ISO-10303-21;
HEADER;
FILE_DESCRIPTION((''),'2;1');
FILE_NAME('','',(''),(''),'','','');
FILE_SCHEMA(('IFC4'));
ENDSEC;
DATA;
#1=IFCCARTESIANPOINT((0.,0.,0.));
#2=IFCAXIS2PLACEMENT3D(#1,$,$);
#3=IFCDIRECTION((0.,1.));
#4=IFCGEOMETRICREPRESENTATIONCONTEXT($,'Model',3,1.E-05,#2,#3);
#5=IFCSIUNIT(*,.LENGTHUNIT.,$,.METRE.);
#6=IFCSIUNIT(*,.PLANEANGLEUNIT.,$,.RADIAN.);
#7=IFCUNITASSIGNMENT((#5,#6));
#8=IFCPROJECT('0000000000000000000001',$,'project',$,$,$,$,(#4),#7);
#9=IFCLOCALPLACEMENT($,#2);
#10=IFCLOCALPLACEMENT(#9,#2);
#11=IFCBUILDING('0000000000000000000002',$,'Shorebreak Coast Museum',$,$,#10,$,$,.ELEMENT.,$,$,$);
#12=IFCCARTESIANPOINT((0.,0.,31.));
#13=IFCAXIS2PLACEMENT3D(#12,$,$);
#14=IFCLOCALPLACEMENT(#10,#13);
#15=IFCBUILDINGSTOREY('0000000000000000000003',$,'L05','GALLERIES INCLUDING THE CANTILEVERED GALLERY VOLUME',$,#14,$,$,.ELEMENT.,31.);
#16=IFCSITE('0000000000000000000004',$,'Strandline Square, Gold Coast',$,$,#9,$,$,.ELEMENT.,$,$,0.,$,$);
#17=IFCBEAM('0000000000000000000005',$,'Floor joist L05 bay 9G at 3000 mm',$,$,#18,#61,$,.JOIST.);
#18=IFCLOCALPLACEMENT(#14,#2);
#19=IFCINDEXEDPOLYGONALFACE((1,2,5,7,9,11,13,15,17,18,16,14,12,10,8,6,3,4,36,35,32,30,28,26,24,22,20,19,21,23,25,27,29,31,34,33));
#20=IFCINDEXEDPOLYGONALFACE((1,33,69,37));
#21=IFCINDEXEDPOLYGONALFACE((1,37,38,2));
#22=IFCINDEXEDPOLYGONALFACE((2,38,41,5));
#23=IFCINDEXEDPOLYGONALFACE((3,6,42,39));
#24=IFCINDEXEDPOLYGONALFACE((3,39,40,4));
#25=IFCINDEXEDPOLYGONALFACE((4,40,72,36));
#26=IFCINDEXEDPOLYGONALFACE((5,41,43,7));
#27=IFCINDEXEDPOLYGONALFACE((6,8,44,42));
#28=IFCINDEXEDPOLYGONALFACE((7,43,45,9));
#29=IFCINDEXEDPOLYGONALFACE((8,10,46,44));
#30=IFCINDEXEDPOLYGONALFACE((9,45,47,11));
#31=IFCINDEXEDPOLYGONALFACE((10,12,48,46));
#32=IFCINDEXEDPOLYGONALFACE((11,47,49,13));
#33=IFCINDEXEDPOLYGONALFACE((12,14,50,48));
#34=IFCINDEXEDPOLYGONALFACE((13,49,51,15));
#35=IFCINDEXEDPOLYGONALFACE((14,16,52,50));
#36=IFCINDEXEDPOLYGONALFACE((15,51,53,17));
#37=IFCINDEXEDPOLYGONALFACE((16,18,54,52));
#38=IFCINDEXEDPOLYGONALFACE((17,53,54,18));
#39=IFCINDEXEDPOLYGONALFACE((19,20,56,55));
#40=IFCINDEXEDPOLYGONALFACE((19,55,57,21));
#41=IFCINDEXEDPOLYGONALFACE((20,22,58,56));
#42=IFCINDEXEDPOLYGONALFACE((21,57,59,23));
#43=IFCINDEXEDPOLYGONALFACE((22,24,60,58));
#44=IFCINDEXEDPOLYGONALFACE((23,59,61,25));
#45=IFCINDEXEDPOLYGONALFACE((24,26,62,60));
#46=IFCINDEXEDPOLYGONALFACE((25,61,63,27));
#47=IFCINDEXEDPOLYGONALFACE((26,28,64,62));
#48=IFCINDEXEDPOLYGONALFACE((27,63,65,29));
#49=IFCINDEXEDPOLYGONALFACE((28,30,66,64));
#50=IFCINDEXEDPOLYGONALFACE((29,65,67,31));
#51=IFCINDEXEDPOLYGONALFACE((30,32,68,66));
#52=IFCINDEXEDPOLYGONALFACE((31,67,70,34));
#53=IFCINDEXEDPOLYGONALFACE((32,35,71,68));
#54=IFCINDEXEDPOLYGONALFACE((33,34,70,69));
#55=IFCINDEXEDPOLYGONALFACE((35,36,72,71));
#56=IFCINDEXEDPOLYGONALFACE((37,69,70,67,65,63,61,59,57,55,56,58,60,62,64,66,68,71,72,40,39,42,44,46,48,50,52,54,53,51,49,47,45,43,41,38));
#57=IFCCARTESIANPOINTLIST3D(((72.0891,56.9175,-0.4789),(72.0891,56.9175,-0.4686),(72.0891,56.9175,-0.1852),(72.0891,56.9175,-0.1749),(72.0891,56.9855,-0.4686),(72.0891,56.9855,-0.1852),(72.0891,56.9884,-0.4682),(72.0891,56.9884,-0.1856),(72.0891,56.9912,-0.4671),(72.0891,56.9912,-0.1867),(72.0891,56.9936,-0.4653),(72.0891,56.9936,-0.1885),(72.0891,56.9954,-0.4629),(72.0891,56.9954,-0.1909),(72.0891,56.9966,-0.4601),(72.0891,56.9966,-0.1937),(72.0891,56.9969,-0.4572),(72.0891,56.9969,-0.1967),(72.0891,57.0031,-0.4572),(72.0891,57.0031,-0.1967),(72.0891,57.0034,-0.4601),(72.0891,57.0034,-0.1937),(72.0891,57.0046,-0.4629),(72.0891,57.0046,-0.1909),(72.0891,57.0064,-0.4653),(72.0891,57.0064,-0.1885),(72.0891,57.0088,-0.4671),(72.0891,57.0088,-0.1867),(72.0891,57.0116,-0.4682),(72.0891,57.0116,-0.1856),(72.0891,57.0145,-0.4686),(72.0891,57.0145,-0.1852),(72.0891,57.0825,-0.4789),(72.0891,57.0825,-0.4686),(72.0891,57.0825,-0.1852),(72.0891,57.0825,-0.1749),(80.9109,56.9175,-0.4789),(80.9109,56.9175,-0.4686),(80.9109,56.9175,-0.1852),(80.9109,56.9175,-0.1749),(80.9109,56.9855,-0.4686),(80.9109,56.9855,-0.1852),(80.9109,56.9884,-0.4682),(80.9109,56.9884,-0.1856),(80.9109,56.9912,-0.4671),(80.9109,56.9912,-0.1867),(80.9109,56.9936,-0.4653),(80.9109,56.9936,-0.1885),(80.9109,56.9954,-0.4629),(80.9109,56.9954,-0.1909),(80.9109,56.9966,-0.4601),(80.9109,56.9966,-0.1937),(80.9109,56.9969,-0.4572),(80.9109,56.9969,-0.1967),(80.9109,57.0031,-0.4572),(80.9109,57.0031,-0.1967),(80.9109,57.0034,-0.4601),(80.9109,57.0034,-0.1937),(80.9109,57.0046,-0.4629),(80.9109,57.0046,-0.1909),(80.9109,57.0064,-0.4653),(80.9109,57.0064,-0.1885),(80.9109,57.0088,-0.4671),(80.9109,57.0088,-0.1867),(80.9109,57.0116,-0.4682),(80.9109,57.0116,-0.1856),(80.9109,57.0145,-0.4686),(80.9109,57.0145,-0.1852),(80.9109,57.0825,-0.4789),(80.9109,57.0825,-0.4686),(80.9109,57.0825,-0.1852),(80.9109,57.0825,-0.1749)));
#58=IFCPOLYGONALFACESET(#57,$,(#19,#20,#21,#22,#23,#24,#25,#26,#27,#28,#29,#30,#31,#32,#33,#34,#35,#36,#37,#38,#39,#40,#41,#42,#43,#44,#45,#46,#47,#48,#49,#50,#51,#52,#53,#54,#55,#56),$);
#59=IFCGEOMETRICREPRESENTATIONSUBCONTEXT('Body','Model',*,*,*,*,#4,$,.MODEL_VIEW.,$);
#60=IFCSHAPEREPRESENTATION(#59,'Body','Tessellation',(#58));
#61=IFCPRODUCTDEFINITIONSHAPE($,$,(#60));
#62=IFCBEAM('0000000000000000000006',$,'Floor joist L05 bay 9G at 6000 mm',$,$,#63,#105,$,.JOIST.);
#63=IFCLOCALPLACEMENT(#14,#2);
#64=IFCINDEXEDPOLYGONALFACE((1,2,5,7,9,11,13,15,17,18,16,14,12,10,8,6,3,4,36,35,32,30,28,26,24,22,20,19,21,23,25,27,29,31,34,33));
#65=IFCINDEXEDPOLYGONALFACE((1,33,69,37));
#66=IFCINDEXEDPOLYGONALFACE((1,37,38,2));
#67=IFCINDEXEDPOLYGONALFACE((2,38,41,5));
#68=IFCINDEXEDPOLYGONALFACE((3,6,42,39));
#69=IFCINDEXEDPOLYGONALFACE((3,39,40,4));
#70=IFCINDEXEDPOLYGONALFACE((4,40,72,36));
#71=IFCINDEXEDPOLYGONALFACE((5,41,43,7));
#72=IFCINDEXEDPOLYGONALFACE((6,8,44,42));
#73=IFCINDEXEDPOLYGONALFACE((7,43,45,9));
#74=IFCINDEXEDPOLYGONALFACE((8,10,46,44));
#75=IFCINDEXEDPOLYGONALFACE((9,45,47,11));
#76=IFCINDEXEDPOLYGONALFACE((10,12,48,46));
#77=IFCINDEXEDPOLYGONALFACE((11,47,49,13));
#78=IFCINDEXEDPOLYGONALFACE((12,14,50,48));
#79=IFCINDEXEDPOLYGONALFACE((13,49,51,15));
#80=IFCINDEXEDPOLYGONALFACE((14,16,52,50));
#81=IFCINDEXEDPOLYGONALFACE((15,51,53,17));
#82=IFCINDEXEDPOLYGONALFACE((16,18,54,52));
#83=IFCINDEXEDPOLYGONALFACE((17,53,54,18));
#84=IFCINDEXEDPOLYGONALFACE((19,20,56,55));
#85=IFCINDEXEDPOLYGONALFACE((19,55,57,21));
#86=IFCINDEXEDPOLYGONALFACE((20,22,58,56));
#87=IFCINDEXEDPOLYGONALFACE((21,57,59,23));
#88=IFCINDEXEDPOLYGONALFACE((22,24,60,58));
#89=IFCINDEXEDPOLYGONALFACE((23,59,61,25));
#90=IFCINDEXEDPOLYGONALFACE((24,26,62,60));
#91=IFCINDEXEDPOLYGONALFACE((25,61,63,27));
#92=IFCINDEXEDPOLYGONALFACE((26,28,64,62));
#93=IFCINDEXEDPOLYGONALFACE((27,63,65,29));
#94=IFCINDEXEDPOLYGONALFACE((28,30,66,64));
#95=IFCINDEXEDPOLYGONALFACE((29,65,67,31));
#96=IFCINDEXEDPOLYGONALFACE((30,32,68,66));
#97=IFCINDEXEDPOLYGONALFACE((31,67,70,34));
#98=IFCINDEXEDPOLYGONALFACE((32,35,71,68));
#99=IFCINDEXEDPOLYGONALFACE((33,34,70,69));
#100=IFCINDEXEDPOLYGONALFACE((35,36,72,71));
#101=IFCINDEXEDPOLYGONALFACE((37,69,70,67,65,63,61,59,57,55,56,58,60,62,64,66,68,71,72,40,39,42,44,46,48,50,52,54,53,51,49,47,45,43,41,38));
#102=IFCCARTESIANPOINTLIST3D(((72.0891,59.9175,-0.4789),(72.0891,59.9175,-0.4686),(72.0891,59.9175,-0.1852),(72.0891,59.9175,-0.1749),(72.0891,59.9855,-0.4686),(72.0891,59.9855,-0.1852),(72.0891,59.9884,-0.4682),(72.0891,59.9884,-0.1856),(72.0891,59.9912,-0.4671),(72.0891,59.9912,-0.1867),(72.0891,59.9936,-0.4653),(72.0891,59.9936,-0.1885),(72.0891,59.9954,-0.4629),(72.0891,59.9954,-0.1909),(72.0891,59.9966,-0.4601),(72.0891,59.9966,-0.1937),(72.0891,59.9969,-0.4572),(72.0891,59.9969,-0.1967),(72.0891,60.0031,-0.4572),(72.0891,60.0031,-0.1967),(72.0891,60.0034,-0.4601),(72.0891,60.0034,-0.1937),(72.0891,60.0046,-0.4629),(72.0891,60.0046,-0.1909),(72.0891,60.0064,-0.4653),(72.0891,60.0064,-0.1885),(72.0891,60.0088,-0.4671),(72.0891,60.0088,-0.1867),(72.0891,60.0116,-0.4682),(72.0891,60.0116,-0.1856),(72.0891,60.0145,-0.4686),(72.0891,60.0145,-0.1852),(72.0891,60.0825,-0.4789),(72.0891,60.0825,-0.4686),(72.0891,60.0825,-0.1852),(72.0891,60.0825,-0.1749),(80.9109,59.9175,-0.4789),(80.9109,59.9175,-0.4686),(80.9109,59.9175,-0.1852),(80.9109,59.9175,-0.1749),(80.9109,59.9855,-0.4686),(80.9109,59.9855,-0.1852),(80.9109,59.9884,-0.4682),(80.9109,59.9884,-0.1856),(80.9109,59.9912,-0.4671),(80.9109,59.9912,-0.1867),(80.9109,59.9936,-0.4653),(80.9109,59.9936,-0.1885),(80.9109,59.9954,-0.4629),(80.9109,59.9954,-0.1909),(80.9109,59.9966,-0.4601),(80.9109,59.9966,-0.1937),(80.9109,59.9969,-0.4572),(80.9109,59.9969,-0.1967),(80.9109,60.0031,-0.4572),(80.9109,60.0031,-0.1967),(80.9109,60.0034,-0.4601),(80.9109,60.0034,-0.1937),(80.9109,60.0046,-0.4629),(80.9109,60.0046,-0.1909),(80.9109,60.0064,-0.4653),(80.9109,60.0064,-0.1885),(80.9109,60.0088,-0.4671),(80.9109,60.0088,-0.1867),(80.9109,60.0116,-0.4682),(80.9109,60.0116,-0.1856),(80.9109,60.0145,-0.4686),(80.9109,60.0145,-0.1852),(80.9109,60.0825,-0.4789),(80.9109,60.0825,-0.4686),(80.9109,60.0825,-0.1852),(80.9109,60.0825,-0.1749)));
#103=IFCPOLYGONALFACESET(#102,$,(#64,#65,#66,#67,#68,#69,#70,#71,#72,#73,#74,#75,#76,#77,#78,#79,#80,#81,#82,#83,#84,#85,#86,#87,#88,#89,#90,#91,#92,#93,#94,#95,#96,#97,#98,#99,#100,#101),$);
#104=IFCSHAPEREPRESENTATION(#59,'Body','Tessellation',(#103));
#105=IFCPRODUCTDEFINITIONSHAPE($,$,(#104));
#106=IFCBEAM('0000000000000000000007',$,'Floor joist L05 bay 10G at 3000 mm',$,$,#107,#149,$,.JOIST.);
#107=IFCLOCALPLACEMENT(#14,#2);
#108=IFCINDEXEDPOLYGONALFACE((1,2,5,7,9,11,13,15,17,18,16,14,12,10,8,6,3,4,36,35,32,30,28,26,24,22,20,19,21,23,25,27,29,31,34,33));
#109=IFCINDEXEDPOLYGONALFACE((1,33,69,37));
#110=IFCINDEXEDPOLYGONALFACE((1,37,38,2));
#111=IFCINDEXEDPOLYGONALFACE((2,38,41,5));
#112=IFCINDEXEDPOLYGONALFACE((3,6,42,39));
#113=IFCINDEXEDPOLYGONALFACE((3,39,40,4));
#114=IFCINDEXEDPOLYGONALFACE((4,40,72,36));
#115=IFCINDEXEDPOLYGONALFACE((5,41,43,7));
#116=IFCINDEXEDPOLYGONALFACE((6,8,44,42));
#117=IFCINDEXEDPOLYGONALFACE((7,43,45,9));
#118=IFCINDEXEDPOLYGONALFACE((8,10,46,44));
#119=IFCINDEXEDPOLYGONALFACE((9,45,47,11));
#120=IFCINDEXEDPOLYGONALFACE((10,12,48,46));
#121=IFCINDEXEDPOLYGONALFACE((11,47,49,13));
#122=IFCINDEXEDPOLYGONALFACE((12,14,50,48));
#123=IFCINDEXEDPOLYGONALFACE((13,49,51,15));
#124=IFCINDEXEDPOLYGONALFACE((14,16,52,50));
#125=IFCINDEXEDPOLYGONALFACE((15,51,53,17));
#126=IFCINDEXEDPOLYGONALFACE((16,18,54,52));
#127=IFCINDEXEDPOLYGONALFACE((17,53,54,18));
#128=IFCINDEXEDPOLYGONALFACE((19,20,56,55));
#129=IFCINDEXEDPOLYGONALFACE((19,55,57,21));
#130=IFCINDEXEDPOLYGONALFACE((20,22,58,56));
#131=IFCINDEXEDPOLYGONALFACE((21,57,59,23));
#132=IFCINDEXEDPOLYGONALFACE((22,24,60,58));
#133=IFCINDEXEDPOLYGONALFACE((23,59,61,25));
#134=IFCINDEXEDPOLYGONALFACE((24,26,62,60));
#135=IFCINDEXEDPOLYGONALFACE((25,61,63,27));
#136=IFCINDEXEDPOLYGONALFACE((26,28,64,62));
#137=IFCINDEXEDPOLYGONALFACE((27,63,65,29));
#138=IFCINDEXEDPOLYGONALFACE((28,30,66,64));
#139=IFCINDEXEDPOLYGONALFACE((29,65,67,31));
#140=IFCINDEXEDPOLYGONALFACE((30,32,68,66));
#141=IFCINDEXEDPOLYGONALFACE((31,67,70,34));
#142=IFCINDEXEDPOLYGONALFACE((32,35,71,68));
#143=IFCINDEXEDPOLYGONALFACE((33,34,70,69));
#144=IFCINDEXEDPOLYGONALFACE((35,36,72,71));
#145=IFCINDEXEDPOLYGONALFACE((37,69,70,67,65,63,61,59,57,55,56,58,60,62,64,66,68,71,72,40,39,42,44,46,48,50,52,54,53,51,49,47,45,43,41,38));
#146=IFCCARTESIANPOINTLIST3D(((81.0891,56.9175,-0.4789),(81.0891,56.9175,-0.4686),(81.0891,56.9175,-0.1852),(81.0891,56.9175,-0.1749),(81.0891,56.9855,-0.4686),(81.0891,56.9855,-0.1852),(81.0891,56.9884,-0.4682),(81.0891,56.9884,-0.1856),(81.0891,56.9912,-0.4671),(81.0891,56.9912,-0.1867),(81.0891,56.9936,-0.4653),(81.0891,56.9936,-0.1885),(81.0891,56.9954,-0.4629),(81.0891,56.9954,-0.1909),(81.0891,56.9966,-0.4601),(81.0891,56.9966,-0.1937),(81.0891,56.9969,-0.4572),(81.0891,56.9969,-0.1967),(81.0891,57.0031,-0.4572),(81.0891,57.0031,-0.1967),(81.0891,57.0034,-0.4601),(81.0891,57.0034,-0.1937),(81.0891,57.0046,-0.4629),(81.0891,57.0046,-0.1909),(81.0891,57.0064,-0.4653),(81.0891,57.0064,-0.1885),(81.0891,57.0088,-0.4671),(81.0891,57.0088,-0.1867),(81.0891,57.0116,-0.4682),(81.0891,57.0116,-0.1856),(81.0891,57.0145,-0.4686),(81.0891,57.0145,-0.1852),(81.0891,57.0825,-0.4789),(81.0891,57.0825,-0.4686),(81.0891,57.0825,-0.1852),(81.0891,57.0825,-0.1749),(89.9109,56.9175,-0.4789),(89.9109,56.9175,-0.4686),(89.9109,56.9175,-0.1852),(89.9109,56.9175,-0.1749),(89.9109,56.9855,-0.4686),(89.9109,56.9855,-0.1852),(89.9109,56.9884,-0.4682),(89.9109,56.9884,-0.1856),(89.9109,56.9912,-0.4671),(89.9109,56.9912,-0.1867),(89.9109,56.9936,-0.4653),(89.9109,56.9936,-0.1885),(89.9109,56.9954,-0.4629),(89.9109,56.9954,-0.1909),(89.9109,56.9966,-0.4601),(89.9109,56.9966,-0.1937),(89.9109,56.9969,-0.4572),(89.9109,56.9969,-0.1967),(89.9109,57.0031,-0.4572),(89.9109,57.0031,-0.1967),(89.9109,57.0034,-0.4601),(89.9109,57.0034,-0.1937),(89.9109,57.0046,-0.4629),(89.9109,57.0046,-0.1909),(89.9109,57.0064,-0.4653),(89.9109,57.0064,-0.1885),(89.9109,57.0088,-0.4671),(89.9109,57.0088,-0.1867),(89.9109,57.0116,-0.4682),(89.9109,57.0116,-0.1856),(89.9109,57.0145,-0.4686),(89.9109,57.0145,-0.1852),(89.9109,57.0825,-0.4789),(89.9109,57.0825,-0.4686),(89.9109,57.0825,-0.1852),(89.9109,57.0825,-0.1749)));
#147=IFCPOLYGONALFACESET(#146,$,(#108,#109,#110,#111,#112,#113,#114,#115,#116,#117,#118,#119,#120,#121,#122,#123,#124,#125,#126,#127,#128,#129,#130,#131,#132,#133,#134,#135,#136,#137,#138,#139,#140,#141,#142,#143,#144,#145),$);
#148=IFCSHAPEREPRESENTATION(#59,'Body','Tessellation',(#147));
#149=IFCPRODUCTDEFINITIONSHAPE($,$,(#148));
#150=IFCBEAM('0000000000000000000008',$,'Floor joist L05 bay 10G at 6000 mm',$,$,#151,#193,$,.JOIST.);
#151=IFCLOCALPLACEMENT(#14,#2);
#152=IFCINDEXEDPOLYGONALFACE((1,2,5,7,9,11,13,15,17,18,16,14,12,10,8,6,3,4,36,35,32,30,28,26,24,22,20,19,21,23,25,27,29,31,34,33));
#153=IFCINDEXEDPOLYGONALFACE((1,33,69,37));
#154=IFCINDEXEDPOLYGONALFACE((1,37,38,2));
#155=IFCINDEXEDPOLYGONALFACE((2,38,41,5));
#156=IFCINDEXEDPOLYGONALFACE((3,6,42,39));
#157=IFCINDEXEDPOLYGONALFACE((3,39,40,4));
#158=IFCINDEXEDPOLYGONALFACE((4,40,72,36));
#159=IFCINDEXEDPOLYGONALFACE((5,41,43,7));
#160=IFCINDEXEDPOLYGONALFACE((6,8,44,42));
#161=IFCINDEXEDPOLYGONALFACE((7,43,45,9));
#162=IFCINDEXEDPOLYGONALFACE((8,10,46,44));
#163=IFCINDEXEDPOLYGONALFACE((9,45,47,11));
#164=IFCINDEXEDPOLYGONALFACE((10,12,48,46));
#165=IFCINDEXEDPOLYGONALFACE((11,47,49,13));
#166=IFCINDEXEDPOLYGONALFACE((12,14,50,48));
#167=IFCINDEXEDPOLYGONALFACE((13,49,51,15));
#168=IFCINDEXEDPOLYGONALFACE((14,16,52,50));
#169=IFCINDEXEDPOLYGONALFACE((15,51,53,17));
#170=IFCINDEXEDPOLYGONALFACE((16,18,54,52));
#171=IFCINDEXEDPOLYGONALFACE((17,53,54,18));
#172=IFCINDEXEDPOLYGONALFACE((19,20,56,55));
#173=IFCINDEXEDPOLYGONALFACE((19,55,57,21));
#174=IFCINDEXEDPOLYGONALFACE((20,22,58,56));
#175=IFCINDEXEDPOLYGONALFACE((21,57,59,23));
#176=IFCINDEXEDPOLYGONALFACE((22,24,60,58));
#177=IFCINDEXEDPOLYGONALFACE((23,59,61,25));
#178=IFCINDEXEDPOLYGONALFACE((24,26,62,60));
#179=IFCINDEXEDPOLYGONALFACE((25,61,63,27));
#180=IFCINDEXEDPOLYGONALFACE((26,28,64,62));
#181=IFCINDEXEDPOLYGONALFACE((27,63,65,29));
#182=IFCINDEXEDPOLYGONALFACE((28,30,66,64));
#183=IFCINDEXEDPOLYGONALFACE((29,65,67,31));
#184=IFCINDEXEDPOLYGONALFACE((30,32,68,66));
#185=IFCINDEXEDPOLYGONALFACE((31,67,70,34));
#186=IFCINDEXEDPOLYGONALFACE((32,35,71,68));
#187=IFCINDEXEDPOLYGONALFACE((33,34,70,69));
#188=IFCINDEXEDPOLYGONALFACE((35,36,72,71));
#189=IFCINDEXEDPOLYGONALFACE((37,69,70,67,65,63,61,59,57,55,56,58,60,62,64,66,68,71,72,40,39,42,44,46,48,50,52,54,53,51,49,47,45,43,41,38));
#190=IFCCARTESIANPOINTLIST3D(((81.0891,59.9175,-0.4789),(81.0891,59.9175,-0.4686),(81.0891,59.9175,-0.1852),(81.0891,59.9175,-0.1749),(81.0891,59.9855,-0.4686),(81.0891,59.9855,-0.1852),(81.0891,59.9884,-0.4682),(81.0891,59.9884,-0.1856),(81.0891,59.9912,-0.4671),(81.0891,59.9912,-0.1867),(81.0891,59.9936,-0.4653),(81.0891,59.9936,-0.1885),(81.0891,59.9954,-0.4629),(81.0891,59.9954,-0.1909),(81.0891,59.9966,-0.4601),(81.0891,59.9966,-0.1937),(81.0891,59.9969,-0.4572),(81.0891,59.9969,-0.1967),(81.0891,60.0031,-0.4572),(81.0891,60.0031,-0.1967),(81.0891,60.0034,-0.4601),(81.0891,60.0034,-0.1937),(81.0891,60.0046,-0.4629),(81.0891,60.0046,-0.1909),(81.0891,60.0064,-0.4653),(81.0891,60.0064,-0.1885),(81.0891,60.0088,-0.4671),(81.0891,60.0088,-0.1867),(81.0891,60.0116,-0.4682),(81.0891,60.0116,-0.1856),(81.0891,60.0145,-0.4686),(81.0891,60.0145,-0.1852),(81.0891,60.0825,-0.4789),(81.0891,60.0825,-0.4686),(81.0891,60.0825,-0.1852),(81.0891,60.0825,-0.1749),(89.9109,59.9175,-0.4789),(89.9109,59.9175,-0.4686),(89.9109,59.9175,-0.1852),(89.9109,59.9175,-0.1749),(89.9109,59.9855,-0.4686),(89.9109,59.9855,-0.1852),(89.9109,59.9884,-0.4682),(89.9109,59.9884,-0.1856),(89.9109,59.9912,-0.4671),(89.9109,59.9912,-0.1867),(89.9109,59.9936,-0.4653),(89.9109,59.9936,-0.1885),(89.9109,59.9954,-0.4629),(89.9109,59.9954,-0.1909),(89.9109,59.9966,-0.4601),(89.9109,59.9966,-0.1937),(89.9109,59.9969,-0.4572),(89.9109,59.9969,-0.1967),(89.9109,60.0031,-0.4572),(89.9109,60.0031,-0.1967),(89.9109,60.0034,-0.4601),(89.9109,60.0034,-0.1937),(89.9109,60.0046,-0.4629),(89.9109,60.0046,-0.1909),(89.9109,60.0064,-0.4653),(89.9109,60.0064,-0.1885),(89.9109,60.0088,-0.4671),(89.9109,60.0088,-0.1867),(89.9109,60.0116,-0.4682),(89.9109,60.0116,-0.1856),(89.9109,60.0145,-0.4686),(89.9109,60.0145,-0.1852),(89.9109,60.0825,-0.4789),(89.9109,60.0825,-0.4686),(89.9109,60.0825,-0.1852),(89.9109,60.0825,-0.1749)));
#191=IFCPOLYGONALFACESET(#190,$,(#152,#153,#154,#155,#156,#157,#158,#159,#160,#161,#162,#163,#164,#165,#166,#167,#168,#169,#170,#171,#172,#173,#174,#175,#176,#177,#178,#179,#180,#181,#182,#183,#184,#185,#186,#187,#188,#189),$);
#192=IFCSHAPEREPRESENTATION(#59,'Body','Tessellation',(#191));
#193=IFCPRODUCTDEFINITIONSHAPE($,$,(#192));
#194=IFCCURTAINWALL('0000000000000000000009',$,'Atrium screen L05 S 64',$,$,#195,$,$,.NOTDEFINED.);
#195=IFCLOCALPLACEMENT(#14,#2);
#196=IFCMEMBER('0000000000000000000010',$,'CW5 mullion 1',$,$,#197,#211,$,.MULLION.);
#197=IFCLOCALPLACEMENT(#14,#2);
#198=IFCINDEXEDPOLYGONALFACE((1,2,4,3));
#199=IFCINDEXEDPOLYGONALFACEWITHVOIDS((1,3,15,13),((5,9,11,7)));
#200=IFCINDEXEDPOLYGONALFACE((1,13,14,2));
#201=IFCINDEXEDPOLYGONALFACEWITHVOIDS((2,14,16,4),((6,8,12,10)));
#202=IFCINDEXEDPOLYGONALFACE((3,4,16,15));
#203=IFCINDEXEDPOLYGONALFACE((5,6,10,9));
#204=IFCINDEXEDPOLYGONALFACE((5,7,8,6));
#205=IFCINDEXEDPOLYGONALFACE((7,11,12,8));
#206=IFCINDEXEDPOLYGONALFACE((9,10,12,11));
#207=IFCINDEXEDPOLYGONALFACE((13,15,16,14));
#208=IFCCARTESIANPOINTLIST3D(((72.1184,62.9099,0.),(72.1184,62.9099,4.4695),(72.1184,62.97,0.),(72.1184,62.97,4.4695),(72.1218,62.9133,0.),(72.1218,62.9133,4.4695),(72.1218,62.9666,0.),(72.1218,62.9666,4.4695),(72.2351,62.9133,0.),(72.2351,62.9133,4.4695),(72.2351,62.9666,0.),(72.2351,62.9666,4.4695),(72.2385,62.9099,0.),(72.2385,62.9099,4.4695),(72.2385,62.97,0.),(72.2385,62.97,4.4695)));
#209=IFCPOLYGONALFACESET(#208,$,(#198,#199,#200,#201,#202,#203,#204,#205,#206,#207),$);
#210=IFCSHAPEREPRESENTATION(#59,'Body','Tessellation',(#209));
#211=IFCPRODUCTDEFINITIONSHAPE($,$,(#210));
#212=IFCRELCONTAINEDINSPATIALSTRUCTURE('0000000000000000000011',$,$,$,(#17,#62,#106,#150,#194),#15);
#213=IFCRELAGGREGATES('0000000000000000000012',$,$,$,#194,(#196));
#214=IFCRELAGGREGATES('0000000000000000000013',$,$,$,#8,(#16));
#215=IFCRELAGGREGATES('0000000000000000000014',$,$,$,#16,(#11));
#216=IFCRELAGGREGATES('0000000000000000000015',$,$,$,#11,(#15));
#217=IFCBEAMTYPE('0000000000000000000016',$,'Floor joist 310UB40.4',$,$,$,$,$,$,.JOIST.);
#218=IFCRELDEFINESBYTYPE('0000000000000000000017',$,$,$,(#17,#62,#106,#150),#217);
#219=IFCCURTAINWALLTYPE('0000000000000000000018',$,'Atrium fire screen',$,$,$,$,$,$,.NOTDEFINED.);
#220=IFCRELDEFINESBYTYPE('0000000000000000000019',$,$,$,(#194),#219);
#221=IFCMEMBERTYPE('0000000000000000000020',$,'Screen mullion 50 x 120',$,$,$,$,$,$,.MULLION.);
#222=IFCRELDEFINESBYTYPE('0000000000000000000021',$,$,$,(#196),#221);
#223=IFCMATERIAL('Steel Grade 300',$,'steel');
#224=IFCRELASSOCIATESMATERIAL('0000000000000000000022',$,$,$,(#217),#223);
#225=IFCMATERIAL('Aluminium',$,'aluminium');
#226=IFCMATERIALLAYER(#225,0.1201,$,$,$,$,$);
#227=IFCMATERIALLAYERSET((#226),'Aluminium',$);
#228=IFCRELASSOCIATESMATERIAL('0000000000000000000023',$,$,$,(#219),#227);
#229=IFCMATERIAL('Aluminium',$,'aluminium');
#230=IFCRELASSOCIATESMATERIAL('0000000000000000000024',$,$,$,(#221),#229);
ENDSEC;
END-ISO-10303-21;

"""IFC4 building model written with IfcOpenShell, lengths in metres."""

from ifc_helpers import new_model, si_unit, direction, frame, origin, origin_2d, place, context, subcontext, project, spatial, hollow_rectangle, i_section, extrude, material, layer, layer_set, material_profile, profile_set, type_object, element, aggregate, save


model = new_model("IFC4")

# Units and contexts
model_context = context("Model", 3, precision=1e-05, world=origin(), true_north=direction((0.0, 1.0)))
body_context = subcontext(model_context, "Body", "Model", "MODEL_VIEW")
ifc_project = project(units=[si_unit("LENGTHUNIT", "METRE"), si_unit("PLANEANGLEUNIT", "RADIAN")], contexts=[model_context])

# Site, building, storey
site_placement = place(None, origin())
site = spatial("IfcSite", under=ifc_project, at=site_placement, Name="Strandline Square, Gold Coast", CompositionType="ELEMENT", RefElevation=0.0)
building_placement = place(site_placement, origin())
building = spatial("IfcBuilding", under=site, at=building_placement, Name="Shorebreak Coast Museum", CompositionType="ELEMENT")
storey_placement = place(building_placement, frame((0.0, 0.0, 31.0)))
storey = spatial("IfcBuildingStorey", under=building, at=storey_placement, Name="L05", Description="GALLERIES INCLUDING THE CANTILEVERED GALLERY VOLUME", CompositionType="ELEMENT", Elevation=31.0)

# Beams
ifc_material_1 = material(Name="Steel Grade 300", Category="steel")
ifc_material_profile_1 = material_profile(ifc_material_1, i_section(OverallWidth=0.165, OverallDepth=0.304, WebThickness=0.0061, FlangeThickness=0.0103, FilletRadius=0.0115, at=origin_2d()), Name="310UB40.4")
ifc_profile_set_1 = profile_set([ifc_material_profile_1], Name="Steel Grade 300")
beam_type = type_object("IfcBeamType", Name="Floor joist 310UB40.4", PredefinedType="JOIST", material=ifc_profile_set_1)
for number, where, z_axis, x_axis, name in (
    (1, (72.0891, 57.0, -0.3269), (1.0, 0.0, 0.0), (0.0, 1.0, 0.0), "Floor joist L05 bay 9G at 3000 mm"),
    (2, (72.0891, 60.0, -0.3269), (1.0, 0.0, 0.0), (0.0, 1.0, 0.0), "Floor joist L05 bay 9G at 6000 mm"),
    (3, (81.0891, 57.0, -0.3269), (1.0, 0.0, 0.0), (0.0, 1.0, 0.0), "Floor joist L05 bay 10G at 3000 mm"),
    (4, (81.0891, 60.0, -0.3269), (1.0, 0.0, 0.0), (0.0, 1.0, 0.0), "Floor joist L05 bay 10G at 6000 mm"),
):
    element("IfcBeam", number, at=place(storey_placement, frame(where, z_axis=z_axis, x_axis=x_axis)), inside=storey, type_object=beam_type, Name=name, PredefinedType="JOIST", context=body_context, shape_type="SweptSolid", body=[
        extrude(i_section(OverallWidth=0.165, OverallDepth=0.304, WebThickness=0.0061, FlangeThickness=0.0103, FilletRadius=0.0115, at=origin_2d()), origin(), (0.0, 0.0, 1.0), 8.8218),
    ])

# Curtain wall, member
ifc_material_2 = material(Name="Aluminium", Category="aluminium")
ifc_layer_1 = layer(ifc_material_2, 0.1201)
ifc_layer_set_1 = layer_set([ifc_layer_1], Name="Aluminium")
curtain_wall_type_1 = type_object("IfcCurtainWallType", Name="Atrium fire screen", PredefinedType="NOTDEFINED", material=ifc_layer_set_1)
curtain_wall_1_placement = place(storey_placement, origin())
curtain_wall_1 = element("IfcCurtainWall", 5, at=curtain_wall_1_placement, inside=storey, type_object=curtain_wall_type_1, Name="Atrium screen L05 S 64", PredefinedType="NOTDEFINED")
ifc_material_3 = material(Name="Aluminium", Category="aluminium")
ifc_material_profile_2 = material_profile(ifc_material_3, hollow_rectangle(XDim=0.0601, YDim=0.1201, WallThickness=0.0034, at=origin_2d()), Name="AL 120x60 RHS")
ifc_profile_set_2 = profile_set([ifc_material_profile_2], Name="Aluminium")
member_type_1 = type_object("IfcMemberType", Name="Screen mullion 50 x 120", PredefinedType="MULLION", material=ifc_profile_set_2)
member_1_placement = place(storey_placement, frame((72.1785, 62.9399, 0.0), z_axis=(0.0, 0.0, 1.0), x_axis=(0.0, 1.0, 0.0)))
member_1 = element("IfcMember", 6, at=member_1_placement, type_object=member_type_1, Name="CW5 mullion 1", PredefinedType="MULLION", context=body_context, shape_type="SweptSolid", body=[
    extrude(hollow_rectangle(XDim=0.0601, YDim=0.1201, WallThickness=0.0034, at=origin_2d()), origin(), (0.0, 0.0, 1.0), 4.4695),
])

aggregate(curtain_wall_1, [member_1])

save(model, "model.ifc")
